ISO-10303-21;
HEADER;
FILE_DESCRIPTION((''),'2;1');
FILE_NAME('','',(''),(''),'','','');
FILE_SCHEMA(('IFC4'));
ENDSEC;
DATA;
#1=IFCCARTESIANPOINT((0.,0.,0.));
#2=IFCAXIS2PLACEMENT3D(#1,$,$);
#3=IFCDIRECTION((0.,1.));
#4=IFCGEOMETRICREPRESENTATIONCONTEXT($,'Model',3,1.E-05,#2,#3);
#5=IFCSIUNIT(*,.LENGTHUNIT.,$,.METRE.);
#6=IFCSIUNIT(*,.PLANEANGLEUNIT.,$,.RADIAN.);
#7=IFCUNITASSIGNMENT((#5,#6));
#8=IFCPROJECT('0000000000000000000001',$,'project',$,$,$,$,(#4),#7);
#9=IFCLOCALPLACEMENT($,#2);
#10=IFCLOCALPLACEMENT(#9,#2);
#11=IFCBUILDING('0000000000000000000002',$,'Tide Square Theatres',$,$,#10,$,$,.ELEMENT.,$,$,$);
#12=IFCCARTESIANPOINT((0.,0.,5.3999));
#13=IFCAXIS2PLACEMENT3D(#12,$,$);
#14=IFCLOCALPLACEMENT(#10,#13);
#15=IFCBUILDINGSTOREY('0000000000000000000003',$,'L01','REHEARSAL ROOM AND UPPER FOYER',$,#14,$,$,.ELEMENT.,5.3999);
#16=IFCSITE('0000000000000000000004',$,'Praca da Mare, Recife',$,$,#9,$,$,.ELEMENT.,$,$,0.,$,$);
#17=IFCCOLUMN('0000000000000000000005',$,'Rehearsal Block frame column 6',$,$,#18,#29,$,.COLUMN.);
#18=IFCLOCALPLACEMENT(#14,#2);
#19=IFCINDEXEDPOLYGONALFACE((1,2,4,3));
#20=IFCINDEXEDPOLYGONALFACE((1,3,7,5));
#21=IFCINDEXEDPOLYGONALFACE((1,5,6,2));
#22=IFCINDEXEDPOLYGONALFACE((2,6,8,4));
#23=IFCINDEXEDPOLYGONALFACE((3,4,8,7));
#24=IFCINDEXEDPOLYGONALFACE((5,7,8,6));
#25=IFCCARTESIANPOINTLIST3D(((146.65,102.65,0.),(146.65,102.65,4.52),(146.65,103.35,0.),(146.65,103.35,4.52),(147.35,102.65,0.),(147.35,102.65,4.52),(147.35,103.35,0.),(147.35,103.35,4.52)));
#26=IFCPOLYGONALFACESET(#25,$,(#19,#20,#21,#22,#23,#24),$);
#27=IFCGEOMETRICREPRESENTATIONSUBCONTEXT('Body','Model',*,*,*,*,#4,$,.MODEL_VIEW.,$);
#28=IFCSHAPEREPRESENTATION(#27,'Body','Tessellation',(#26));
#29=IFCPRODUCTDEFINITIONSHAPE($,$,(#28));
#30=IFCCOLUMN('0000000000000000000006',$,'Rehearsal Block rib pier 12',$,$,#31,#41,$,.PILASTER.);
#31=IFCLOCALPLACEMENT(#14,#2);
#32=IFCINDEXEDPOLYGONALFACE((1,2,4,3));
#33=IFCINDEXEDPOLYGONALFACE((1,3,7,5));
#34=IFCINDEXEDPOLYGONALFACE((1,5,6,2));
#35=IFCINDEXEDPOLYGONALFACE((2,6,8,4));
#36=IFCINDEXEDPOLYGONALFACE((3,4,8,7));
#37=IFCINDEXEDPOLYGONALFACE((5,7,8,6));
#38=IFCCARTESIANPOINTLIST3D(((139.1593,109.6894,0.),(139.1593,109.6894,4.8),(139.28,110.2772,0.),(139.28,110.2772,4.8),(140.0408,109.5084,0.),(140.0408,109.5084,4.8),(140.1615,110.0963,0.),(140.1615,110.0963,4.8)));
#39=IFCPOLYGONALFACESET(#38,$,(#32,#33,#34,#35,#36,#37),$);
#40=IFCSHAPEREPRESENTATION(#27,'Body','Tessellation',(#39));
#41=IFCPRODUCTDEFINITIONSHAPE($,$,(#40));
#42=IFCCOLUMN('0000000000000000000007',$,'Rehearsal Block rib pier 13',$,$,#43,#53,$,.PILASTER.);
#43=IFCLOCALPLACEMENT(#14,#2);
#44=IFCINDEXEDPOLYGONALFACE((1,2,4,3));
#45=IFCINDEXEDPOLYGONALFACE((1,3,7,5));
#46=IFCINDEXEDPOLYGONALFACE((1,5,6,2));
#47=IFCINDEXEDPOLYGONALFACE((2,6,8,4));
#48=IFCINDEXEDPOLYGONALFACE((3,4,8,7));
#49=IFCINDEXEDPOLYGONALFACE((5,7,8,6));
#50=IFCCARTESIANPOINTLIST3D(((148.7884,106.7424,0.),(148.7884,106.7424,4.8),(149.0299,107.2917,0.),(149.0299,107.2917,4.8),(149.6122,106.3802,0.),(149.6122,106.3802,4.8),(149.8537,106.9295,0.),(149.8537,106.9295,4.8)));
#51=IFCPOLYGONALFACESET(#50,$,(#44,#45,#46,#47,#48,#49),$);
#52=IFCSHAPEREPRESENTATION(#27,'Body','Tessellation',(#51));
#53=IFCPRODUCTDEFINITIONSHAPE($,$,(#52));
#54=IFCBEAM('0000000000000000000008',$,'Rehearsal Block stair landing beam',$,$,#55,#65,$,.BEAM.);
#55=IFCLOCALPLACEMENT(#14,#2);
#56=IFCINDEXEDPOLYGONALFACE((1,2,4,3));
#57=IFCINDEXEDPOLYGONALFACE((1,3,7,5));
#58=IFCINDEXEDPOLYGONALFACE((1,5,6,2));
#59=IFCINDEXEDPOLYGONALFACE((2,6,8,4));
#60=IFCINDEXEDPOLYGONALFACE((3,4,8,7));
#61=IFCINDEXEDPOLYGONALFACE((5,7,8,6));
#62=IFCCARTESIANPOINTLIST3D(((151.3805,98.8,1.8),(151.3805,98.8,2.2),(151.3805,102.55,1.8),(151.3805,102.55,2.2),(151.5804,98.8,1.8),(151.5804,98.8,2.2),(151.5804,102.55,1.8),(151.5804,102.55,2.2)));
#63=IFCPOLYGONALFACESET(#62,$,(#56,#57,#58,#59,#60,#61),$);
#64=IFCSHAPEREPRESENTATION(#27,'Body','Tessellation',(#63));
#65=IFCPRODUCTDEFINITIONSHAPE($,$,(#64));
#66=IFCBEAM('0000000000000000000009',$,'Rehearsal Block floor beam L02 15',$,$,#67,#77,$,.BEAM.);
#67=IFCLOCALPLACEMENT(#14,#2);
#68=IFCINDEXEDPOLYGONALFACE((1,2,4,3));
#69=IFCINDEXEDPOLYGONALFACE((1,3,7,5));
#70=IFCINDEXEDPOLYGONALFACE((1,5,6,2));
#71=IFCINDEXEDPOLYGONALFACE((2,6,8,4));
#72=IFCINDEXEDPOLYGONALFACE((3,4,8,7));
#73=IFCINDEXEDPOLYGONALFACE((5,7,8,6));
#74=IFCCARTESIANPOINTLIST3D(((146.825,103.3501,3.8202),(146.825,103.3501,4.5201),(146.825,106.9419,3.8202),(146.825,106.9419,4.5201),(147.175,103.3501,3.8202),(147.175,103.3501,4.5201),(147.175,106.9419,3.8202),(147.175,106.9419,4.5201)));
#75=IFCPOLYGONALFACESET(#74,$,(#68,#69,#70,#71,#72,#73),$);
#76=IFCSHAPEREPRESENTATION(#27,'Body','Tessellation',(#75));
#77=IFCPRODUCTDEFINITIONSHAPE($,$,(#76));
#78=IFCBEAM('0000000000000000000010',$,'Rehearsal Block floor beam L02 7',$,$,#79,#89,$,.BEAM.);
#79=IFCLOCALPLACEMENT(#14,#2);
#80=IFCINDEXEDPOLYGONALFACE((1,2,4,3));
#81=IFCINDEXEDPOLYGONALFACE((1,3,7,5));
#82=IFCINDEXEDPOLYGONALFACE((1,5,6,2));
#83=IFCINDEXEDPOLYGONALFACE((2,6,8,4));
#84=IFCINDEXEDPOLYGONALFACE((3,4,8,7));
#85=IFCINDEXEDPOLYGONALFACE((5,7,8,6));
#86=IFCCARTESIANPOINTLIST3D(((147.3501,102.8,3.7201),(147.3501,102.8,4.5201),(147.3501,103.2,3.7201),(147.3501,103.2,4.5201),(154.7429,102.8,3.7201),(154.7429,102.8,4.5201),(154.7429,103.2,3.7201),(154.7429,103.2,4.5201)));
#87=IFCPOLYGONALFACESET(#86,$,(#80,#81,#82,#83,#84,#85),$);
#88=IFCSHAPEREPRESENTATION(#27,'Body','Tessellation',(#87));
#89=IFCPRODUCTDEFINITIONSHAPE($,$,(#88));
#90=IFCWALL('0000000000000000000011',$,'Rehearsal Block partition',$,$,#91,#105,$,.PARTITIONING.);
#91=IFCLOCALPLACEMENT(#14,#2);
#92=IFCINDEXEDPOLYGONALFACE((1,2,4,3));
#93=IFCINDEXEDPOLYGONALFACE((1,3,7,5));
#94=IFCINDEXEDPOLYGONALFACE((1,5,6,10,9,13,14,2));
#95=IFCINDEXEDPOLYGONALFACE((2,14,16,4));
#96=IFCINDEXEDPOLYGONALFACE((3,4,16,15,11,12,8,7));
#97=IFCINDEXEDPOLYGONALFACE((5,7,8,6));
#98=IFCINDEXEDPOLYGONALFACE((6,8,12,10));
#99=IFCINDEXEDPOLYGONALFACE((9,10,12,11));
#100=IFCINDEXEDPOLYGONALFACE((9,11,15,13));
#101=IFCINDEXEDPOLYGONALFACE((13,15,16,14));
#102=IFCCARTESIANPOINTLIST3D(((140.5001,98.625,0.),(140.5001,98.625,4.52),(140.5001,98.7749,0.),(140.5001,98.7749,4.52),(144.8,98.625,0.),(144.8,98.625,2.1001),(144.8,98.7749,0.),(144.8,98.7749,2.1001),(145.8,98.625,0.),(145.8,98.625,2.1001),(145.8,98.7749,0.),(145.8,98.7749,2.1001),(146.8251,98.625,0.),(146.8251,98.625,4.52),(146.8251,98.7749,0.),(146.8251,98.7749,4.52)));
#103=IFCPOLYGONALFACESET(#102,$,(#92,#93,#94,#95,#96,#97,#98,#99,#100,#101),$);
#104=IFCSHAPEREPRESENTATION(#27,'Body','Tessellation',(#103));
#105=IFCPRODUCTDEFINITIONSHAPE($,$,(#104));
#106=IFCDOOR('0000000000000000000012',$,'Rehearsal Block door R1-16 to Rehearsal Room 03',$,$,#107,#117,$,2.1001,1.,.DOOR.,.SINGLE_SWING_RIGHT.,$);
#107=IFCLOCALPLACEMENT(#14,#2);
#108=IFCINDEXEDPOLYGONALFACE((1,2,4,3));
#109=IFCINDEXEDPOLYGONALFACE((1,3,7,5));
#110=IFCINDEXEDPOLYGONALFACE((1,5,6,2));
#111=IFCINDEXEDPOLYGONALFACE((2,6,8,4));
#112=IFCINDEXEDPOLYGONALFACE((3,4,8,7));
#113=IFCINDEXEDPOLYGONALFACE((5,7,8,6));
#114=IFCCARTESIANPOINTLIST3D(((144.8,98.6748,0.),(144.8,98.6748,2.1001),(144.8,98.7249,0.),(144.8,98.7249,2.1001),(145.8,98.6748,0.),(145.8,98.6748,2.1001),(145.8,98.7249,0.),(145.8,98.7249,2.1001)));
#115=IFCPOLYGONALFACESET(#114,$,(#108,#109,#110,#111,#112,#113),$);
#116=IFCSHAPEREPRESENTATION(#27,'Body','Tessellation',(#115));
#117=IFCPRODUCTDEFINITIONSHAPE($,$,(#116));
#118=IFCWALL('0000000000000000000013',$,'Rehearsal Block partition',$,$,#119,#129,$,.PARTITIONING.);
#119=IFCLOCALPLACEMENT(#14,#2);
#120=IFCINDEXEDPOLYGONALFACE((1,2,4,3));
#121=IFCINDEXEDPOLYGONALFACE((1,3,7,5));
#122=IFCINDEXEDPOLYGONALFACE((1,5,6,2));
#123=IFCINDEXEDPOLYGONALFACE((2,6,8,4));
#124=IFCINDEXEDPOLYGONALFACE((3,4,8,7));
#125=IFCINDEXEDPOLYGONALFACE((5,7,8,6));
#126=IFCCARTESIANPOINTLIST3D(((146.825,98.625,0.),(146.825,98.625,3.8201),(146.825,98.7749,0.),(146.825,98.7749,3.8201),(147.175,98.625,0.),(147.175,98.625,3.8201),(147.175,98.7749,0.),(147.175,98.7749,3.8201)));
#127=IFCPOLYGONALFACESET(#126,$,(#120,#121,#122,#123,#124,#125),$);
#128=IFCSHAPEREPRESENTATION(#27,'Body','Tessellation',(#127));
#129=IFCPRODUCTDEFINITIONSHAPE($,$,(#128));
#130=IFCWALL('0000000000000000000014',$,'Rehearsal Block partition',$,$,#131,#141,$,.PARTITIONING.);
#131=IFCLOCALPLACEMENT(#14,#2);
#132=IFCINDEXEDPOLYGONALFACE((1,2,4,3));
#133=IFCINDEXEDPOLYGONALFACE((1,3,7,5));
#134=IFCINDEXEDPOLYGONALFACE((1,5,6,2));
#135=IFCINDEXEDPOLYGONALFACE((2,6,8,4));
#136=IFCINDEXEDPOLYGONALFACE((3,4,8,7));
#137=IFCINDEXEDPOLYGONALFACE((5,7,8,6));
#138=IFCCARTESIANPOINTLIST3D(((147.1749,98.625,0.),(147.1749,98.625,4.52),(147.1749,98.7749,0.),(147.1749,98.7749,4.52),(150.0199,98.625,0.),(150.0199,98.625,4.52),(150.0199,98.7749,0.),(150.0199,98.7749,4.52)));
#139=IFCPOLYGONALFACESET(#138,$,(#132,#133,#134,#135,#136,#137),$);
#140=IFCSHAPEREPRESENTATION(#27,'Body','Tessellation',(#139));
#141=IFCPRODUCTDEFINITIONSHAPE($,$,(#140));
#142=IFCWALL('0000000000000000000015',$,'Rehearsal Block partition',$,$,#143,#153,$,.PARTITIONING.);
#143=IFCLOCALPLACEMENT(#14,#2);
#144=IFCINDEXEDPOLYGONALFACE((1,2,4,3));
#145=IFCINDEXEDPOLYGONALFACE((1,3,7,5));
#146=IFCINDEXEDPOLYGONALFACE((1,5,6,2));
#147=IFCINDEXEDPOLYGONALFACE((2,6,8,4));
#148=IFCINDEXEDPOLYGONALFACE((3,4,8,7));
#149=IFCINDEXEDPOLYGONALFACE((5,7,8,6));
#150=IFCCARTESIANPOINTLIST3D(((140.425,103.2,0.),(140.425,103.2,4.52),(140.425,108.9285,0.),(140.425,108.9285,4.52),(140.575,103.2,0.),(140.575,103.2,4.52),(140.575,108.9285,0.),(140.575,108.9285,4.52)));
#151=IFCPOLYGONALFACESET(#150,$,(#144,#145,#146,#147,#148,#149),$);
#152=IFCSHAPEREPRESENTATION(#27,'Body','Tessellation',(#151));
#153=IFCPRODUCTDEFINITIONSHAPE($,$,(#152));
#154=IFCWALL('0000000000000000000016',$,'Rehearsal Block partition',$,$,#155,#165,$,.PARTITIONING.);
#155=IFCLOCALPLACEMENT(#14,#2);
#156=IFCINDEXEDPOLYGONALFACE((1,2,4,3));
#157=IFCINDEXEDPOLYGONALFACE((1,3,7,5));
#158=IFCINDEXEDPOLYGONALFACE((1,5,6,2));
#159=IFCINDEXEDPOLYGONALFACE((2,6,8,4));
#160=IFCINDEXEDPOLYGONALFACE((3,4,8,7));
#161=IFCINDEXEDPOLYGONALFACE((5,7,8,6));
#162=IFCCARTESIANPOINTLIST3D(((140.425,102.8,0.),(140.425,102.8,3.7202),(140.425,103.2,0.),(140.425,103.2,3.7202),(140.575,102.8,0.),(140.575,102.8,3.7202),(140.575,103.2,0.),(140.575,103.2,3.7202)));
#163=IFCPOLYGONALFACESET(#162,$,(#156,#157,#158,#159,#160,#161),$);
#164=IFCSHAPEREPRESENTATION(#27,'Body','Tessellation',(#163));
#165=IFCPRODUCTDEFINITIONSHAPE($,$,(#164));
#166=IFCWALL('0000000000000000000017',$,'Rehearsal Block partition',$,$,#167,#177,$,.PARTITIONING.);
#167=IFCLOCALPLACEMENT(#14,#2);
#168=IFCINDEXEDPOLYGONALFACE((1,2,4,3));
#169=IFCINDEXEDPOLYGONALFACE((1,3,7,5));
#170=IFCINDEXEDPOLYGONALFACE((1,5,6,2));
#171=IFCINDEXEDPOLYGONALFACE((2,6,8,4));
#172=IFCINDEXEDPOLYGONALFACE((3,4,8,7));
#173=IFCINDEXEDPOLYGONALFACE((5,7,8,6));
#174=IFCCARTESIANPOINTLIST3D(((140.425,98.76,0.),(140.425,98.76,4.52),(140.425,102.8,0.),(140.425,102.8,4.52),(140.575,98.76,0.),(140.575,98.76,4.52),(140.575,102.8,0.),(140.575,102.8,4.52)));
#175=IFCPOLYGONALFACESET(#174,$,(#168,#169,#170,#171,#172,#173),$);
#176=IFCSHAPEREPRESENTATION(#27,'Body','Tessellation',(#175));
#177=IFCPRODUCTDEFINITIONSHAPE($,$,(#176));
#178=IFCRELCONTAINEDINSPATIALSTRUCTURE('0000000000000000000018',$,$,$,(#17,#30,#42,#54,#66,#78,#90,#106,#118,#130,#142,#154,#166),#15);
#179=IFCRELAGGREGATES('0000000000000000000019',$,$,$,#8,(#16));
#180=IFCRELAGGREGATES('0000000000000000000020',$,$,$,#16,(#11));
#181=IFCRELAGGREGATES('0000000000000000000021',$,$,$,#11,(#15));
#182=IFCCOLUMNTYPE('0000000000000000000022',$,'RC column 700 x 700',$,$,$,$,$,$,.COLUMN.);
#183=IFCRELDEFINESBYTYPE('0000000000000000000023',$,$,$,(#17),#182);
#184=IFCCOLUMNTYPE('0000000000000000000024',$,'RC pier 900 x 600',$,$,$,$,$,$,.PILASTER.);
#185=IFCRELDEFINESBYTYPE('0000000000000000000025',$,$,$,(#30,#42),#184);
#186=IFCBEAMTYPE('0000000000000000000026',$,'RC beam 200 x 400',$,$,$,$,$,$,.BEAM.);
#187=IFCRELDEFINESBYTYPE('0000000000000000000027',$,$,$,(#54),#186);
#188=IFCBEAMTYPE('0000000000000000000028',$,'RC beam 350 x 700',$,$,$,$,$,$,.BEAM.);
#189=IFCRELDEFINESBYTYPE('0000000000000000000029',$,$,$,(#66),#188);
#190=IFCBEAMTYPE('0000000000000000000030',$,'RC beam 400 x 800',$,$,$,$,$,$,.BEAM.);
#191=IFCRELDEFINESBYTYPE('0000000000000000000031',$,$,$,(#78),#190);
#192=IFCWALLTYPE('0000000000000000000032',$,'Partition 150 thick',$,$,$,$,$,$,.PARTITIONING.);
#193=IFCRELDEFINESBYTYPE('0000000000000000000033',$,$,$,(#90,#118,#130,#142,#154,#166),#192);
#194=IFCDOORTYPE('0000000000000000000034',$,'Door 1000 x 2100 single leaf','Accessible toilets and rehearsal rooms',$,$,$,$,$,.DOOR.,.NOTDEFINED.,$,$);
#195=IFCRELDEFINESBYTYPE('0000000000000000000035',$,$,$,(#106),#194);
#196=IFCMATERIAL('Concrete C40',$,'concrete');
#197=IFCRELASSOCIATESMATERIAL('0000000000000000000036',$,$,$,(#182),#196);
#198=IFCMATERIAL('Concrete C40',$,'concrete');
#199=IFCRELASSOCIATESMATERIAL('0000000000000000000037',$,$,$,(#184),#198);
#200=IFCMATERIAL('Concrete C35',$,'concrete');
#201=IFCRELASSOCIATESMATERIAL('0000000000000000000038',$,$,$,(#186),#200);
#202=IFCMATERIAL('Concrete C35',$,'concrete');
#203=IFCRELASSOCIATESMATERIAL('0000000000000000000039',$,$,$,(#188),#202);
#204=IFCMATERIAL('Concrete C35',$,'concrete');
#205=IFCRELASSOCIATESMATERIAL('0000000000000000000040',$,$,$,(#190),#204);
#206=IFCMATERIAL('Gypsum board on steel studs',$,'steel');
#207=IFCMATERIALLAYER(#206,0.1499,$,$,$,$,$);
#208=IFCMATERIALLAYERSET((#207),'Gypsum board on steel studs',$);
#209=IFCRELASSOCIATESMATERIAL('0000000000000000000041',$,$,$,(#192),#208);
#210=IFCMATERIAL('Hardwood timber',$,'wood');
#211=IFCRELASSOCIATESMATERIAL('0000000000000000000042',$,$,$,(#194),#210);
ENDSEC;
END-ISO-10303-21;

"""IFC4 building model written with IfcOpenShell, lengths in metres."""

from ifc_helpers import new_model, si_unit, direction, frame, frame_2d, origin, origin_2d, place, context, subcontext, project, spatial, rectangle, extrude, material, layer, layer_set, material_profile, profile_set, type_object, element, fill, save


model = new_model("IFC4")

# Units and contexts
model_context = context("Model", 3, precision=1e-05, world=origin(), true_north=direction((0.0, 1.0)))
body_context = subcontext(model_context, "Body", "Model", "MODEL_VIEW")
ifc_project = project(units=[si_unit("LENGTHUNIT", "METRE"), si_unit("PLANEANGLEUNIT", "RADIAN")], contexts=[model_context])

# Site, building, storey
site_placement = place(None, origin())
site = spatial("IfcSite", under=ifc_project, at=site_placement, Name="Praca da Mare, Recife", CompositionType="ELEMENT", RefElevation=0.0)
building_placement = place(site_placement, origin())
building = spatial("IfcBuilding", under=site, at=building_placement, Name="Tide Square Theatres", CompositionType="ELEMENT")
storey_placement = place(building_placement, frame((0.0, 0.0, 5.3999)))
storey = spatial("IfcBuildingStorey", under=building, at=storey_placement, Name="L01", Description="REHEARSAL ROOM AND UPPER FOYER", CompositionType="ELEMENT", Elevation=5.3999)

# Columns
ifc_material_1 = material(Name="Concrete C40", Category="concrete")
ifc_material_profile_1 = material_profile(ifc_material_1, rectangle(XDim=0.7, YDim=0.7, at=origin_2d()))
ifc_profile_set_1 = profile_set([ifc_material_profile_1], Name="Concrete C40")
column_type_1 = type_object("IfcColumnType", Name="RC column 700 x 700", PredefinedType="COLUMN", material=ifc_profile_set_1)
column_placement = place(storey_placement, frame((147.0, 103.0, 0.0), z_axis=(0.0, 0.0, 1.0), x_axis=(1.0, 0.0, 0.0)))
element("IfcColumn", 1, at=column_placement, inside=storey, type_object=column_type_1, Name="Rehearsal Block frame column 6", PredefinedType="COLUMN", context=body_context, shape_type="SweptSolid", body=[
    extrude(rectangle(XDim=0.7, YDim=0.7, at=origin_2d()), origin(), (0.0, 0.0, 1.0), 4.52),
])
ifc_material_2 = material(Name="Concrete C40", Category="concrete")
ifc_material_profile_2 = material_profile(ifc_material_2, rectangle(XDim=0.8999, YDim=0.6001, at=origin_2d()))
ifc_profile_set_2 = profile_set([ifc_material_profile_2], Name="Concrete C40")
column_type_2 = type_object("IfcColumnType", Name="RC pier 900 x 600", PredefinedType="PILASTER", material=ifc_profile_set_2)
for number, where, z_axis, x_axis, name in (
    (2, (139.6604, 109.8928, 0.0), (0.0, 0.0, 1.0), (-0.979575, 0.201079, 0.0), "Rehearsal Block rib pier 12"),
    (3, (149.321, 106.8359, 0.0), (0.0, 0.0, 1.0), (-0.915419, 0.402502, 0.0), "Rehearsal Block rib pier 13"),
):
    element("IfcColumn", number, at=place(storey_placement, frame(where, z_axis=z_axis, x_axis=x_axis)), inside=storey, type_object=column_type_2, Name=name, PredefinedType="PILASTER", context=body_context, shape_type="SweptSolid", body=[
        extrude(rectangle(XDim=0.8999, YDim=0.6001, at=origin_2d()), origin(), (0.0, 0.0, 1.0), 4.8),
    ])

# Beams
ifc_material_3 = material(Name="Concrete C35", Category="concrete")
ifc_material_profile_3 = material_profile(ifc_material_3, rectangle(XDim=0.2, YDim=0.3999, at=origin_2d()))
ifc_profile_set_3 = profile_set([ifc_material_profile_3], Name="Concrete C35")
beam_type_1 = type_object("IfcBeamType", Name="RC beam 200 x 400", PredefinedType="BEAM", material=ifc_profile_set_3)
beam_1_placement = place(storey_placement, frame((151.4805, 98.8, 2.0), z_axis=(0.0, 1.0, 0.0), x_axis=(-1.0, 0.0, 0.0)))
element("IfcBeam", 4, at=beam_1_placement, inside=storey, type_object=beam_type_1, Name="Rehearsal Block stair landing beam", PredefinedType="BEAM", context=body_context, shape_type="SweptSolid", body=[
    extrude(rectangle(XDim=0.2, YDim=0.3999, at=origin_2d()), origin(), (0.0, 0.0, 1.0), 3.75),
])
ifc_material_4 = material(Name="Concrete C35", Category="concrete")
ifc_material_profile_4 = material_profile(ifc_material_4, rectangle(XDim=0.3501, YDim=0.7, at=origin_2d()))
ifc_profile_set_4 = profile_set([ifc_material_profile_4], Name="Concrete C35")
beam_type_2 = type_object("IfcBeamType", Name="RC beam 350 x 700", PredefinedType="BEAM", material=ifc_profile_set_4)
beam_2_placement = place(storey_placement, frame((147.0, 103.3501, 4.1702), z_axis=(0.0, 1.0, 0.0), x_axis=(-1.0, 0.0, 0.0)))
element("IfcBeam", 5, at=beam_2_placement, inside=storey, type_object=beam_type_2, Name="Rehearsal Block floor beam L02 15", PredefinedType="BEAM", context=body_context, shape_type="SweptSolid", body=[
    extrude(rectangle(XDim=0.3501, YDim=0.7, at=origin_2d()), origin(), (0.0, 0.0, 1.0), 3.5918),
])
ifc_material_5 = material(Name="Concrete C35", Category="concrete")
ifc_material_profile_5 = material_profile(ifc_material_5, rectangle(XDim=0.3999, YDim=0.8, at=origin_2d()))
ifc_profile_set_5 = profile_set([ifc_material_profile_5], Name="Concrete C35")
beam_type_3 = type_object("IfcBeamType", Name="RC beam 400 x 800", PredefinedType="BEAM", material=ifc_profile_set_5)
beam_3_placement = place(storey_placement, frame((147.3501, 103.0, 4.1201), z_axis=(1.0, 0.0, 0.0), x_axis=(0.0, 1.0, 0.0)))
element("IfcBeam", 6, at=beam_3_placement, inside=storey, type_object=beam_type_3, Name="Rehearsal Block floor beam L02 7", PredefinedType="BEAM", context=body_context, shape_type="SweptSolid", body=[
    extrude(rectangle(XDim=0.3999, YDim=0.8, at=origin_2d()), origin(), (0.0, 0.0, 1.0), 7.3928),
])

# Wall, opening, door
ifc_material_6 = material(Name="Gypsum board on steel studs", Category="steel")
ifc_layer_1 = layer(ifc_material_6, 0.1499)
ifc_layer_set_1 = layer_set([ifc_layer_1], Name="Gypsum board on steel studs")
wall_type_1 = type_object("IfcWallType", Name="Partition 150 thick", PredefinedType="PARTITIONING", material=ifc_layer_set_1)
wall_1_placement = place(storey_placement, frame((140.5, 98.7, 0.0), z_axis=(0.0, 0.0, 1.0), x_axis=(1.0, 0.0, 0.0)))
wall_1 = element("IfcWall", 7, at=wall_1_placement, inside=storey, type_object=wall_type_1, Name="Rehearsal Block partition", PredefinedType="PARTITIONING", context=body_context, shape_type="SweptSolid", body=[
    extrude(rectangle(XDim=6.325, YDim=0.1499, at=frame_2d((3.1626, 0.0))), origin(), (0.0, 0.0, 1.0), 4.52),
])
opening_1_placement = place(wall_1_placement, frame((4.3, 0.0, 0.0)))
opening_1 = element("IfcOpeningElement", 8, at=opening_1_placement, cuts=wall_1, PredefinedType="OPENING", context=body_context, shape_type="SweptSolid", body=[
    extrude(rectangle(XDim=1.0, YDim=2.1001, at=frame_2d((0.5, 1.05))), frame((0.0, 0.085, 0.0), z_axis=(0.0, -1.0, 0.0), x_axis=(1.0, 0.0, 0.0)), (0.0, 0.0, 1.0), 0.1699),
])
ifc_material_7 = material(Name="Hardwood timber", Category="wood")
door_type = type_object("IfcDoorType", Name="Door 1000 x 2100 single leaf", Description="Accessible toilets and rehearsal rooms", OperationType="NOTDEFINED", PredefinedType="DOOR", material=ifc_material_7)
door_placement = place(opening_1_placement, origin())
door = element("IfcDoor", 9, at=door_placement, inside=storey, type_object=door_type, Name="Rehearsal Block door R1-16 to Rehearsal Room 03", OperationType="SINGLE_SWING_RIGHT", OverallHeight=2.1001, OverallWidth=1.0, PredefinedType="DOOR", context=body_context, shape_type="SweptSolid", body=[
    extrude(rectangle(XDim=1.0, YDim=2.1001, at=frame_2d((0.5, 1.05))), frame((0.0, 0.0249, 0.0), z_axis=(0.0, -1.0, 0.0), x_axis=(1.0, 0.0, 0.0)), (0.0, 0.0, 1.0), 0.05),
])
fill(opening_1, door)

# Walls
wall_2_placement = place(storey_placement, frame((146.825, 98.7, 0.0), z_axis=(0.0, 0.0, 1.0), x_axis=(1.0, 0.0, 0.0)))
element("IfcWall", 10, at=wall_2_placement, inside=storey, type_object=wall_type_1, Name="Rehearsal Block partition", PredefinedType="PARTITIONING", context=body_context, shape_type="SweptSolid", body=[
    extrude(rectangle(XDim=0.3501, YDim=0.1499, at=frame_2d((0.175, 0.0))), origin(), (0.0, 0.0, 1.0), 3.8201),
])
wall_3_placement = place(storey_placement, frame((147.175, 98.7, 0.0), z_axis=(0.0, 0.0, 1.0), x_axis=(1.0, 0.0, 0.0)))
element("IfcWall", 11, at=wall_3_placement, inside=storey, type_object=wall_type_1, Name="Rehearsal Block partition", PredefinedType="PARTITIONING", context=body_context, shape_type="SweptSolid", body=[
    extrude(rectangle(XDim=2.845, YDim=0.1499, at=frame_2d((1.4224, 0.0))), origin(), (0.0, 0.0, 1.0), 4.52),
])
wall_4_placement = place(storey_placement, frame((140.5, 108.9285, 0.0), z_axis=(0.0, 0.0, 1.0), x_axis=(0.0, -1.0, 0.0)))
element("IfcWall", 12, at=wall_4_placement, inside=storey, type_object=wall_type_1, Name="Rehearsal Block partition", PredefinedType="PARTITIONING", context=body_context, shape_type="SweptSolid", body=[
    extrude(rectangle(XDim=5.7285, YDim=0.1499, at=frame_2d((2.8643, 0.0))), origin(), (0.0, 0.0, 1.0), 4.52),
])
wall_5_placement = place(storey_placement, frame((140.5, 103.2, 0.0), z_axis=(0.0, 0.0, 1.0), x_axis=(0.0, -1.0, 0.0)))
element("IfcWall", 13, at=wall_5_placement, inside=storey, type_object=wall_type_1, Name="Rehearsal Block partition", PredefinedType="PARTITIONING", context=body_context, shape_type="SweptSolid", body=[
    extrude(rectangle(XDim=0.3999, YDim=0.1499, at=frame_2d((0.2, 0.0))), origin(), (0.0, 0.0, 1.0), 3.7202),
])
wall_6_placement = place(storey_placement, frame((140.5, 102.8, 0.0), z_axis=(0.0, 0.0, 1.0), x_axis=(0.0, -1.0, 0.0)))
element("IfcWall", 14, at=wall_6_placement, inside=storey, type_object=wall_type_1, Name="Rehearsal Block partition", PredefinedType="PARTITIONING", context=body_context, shape_type="SweptSolid", body=[
    extrude(rectangle(XDim=4.04, YDim=0.1499, at=frame_2d((2.02, 0.0))), origin(), (0.0, 0.0, 1.0), 4.52),
])

save(model, "model.ifc")
